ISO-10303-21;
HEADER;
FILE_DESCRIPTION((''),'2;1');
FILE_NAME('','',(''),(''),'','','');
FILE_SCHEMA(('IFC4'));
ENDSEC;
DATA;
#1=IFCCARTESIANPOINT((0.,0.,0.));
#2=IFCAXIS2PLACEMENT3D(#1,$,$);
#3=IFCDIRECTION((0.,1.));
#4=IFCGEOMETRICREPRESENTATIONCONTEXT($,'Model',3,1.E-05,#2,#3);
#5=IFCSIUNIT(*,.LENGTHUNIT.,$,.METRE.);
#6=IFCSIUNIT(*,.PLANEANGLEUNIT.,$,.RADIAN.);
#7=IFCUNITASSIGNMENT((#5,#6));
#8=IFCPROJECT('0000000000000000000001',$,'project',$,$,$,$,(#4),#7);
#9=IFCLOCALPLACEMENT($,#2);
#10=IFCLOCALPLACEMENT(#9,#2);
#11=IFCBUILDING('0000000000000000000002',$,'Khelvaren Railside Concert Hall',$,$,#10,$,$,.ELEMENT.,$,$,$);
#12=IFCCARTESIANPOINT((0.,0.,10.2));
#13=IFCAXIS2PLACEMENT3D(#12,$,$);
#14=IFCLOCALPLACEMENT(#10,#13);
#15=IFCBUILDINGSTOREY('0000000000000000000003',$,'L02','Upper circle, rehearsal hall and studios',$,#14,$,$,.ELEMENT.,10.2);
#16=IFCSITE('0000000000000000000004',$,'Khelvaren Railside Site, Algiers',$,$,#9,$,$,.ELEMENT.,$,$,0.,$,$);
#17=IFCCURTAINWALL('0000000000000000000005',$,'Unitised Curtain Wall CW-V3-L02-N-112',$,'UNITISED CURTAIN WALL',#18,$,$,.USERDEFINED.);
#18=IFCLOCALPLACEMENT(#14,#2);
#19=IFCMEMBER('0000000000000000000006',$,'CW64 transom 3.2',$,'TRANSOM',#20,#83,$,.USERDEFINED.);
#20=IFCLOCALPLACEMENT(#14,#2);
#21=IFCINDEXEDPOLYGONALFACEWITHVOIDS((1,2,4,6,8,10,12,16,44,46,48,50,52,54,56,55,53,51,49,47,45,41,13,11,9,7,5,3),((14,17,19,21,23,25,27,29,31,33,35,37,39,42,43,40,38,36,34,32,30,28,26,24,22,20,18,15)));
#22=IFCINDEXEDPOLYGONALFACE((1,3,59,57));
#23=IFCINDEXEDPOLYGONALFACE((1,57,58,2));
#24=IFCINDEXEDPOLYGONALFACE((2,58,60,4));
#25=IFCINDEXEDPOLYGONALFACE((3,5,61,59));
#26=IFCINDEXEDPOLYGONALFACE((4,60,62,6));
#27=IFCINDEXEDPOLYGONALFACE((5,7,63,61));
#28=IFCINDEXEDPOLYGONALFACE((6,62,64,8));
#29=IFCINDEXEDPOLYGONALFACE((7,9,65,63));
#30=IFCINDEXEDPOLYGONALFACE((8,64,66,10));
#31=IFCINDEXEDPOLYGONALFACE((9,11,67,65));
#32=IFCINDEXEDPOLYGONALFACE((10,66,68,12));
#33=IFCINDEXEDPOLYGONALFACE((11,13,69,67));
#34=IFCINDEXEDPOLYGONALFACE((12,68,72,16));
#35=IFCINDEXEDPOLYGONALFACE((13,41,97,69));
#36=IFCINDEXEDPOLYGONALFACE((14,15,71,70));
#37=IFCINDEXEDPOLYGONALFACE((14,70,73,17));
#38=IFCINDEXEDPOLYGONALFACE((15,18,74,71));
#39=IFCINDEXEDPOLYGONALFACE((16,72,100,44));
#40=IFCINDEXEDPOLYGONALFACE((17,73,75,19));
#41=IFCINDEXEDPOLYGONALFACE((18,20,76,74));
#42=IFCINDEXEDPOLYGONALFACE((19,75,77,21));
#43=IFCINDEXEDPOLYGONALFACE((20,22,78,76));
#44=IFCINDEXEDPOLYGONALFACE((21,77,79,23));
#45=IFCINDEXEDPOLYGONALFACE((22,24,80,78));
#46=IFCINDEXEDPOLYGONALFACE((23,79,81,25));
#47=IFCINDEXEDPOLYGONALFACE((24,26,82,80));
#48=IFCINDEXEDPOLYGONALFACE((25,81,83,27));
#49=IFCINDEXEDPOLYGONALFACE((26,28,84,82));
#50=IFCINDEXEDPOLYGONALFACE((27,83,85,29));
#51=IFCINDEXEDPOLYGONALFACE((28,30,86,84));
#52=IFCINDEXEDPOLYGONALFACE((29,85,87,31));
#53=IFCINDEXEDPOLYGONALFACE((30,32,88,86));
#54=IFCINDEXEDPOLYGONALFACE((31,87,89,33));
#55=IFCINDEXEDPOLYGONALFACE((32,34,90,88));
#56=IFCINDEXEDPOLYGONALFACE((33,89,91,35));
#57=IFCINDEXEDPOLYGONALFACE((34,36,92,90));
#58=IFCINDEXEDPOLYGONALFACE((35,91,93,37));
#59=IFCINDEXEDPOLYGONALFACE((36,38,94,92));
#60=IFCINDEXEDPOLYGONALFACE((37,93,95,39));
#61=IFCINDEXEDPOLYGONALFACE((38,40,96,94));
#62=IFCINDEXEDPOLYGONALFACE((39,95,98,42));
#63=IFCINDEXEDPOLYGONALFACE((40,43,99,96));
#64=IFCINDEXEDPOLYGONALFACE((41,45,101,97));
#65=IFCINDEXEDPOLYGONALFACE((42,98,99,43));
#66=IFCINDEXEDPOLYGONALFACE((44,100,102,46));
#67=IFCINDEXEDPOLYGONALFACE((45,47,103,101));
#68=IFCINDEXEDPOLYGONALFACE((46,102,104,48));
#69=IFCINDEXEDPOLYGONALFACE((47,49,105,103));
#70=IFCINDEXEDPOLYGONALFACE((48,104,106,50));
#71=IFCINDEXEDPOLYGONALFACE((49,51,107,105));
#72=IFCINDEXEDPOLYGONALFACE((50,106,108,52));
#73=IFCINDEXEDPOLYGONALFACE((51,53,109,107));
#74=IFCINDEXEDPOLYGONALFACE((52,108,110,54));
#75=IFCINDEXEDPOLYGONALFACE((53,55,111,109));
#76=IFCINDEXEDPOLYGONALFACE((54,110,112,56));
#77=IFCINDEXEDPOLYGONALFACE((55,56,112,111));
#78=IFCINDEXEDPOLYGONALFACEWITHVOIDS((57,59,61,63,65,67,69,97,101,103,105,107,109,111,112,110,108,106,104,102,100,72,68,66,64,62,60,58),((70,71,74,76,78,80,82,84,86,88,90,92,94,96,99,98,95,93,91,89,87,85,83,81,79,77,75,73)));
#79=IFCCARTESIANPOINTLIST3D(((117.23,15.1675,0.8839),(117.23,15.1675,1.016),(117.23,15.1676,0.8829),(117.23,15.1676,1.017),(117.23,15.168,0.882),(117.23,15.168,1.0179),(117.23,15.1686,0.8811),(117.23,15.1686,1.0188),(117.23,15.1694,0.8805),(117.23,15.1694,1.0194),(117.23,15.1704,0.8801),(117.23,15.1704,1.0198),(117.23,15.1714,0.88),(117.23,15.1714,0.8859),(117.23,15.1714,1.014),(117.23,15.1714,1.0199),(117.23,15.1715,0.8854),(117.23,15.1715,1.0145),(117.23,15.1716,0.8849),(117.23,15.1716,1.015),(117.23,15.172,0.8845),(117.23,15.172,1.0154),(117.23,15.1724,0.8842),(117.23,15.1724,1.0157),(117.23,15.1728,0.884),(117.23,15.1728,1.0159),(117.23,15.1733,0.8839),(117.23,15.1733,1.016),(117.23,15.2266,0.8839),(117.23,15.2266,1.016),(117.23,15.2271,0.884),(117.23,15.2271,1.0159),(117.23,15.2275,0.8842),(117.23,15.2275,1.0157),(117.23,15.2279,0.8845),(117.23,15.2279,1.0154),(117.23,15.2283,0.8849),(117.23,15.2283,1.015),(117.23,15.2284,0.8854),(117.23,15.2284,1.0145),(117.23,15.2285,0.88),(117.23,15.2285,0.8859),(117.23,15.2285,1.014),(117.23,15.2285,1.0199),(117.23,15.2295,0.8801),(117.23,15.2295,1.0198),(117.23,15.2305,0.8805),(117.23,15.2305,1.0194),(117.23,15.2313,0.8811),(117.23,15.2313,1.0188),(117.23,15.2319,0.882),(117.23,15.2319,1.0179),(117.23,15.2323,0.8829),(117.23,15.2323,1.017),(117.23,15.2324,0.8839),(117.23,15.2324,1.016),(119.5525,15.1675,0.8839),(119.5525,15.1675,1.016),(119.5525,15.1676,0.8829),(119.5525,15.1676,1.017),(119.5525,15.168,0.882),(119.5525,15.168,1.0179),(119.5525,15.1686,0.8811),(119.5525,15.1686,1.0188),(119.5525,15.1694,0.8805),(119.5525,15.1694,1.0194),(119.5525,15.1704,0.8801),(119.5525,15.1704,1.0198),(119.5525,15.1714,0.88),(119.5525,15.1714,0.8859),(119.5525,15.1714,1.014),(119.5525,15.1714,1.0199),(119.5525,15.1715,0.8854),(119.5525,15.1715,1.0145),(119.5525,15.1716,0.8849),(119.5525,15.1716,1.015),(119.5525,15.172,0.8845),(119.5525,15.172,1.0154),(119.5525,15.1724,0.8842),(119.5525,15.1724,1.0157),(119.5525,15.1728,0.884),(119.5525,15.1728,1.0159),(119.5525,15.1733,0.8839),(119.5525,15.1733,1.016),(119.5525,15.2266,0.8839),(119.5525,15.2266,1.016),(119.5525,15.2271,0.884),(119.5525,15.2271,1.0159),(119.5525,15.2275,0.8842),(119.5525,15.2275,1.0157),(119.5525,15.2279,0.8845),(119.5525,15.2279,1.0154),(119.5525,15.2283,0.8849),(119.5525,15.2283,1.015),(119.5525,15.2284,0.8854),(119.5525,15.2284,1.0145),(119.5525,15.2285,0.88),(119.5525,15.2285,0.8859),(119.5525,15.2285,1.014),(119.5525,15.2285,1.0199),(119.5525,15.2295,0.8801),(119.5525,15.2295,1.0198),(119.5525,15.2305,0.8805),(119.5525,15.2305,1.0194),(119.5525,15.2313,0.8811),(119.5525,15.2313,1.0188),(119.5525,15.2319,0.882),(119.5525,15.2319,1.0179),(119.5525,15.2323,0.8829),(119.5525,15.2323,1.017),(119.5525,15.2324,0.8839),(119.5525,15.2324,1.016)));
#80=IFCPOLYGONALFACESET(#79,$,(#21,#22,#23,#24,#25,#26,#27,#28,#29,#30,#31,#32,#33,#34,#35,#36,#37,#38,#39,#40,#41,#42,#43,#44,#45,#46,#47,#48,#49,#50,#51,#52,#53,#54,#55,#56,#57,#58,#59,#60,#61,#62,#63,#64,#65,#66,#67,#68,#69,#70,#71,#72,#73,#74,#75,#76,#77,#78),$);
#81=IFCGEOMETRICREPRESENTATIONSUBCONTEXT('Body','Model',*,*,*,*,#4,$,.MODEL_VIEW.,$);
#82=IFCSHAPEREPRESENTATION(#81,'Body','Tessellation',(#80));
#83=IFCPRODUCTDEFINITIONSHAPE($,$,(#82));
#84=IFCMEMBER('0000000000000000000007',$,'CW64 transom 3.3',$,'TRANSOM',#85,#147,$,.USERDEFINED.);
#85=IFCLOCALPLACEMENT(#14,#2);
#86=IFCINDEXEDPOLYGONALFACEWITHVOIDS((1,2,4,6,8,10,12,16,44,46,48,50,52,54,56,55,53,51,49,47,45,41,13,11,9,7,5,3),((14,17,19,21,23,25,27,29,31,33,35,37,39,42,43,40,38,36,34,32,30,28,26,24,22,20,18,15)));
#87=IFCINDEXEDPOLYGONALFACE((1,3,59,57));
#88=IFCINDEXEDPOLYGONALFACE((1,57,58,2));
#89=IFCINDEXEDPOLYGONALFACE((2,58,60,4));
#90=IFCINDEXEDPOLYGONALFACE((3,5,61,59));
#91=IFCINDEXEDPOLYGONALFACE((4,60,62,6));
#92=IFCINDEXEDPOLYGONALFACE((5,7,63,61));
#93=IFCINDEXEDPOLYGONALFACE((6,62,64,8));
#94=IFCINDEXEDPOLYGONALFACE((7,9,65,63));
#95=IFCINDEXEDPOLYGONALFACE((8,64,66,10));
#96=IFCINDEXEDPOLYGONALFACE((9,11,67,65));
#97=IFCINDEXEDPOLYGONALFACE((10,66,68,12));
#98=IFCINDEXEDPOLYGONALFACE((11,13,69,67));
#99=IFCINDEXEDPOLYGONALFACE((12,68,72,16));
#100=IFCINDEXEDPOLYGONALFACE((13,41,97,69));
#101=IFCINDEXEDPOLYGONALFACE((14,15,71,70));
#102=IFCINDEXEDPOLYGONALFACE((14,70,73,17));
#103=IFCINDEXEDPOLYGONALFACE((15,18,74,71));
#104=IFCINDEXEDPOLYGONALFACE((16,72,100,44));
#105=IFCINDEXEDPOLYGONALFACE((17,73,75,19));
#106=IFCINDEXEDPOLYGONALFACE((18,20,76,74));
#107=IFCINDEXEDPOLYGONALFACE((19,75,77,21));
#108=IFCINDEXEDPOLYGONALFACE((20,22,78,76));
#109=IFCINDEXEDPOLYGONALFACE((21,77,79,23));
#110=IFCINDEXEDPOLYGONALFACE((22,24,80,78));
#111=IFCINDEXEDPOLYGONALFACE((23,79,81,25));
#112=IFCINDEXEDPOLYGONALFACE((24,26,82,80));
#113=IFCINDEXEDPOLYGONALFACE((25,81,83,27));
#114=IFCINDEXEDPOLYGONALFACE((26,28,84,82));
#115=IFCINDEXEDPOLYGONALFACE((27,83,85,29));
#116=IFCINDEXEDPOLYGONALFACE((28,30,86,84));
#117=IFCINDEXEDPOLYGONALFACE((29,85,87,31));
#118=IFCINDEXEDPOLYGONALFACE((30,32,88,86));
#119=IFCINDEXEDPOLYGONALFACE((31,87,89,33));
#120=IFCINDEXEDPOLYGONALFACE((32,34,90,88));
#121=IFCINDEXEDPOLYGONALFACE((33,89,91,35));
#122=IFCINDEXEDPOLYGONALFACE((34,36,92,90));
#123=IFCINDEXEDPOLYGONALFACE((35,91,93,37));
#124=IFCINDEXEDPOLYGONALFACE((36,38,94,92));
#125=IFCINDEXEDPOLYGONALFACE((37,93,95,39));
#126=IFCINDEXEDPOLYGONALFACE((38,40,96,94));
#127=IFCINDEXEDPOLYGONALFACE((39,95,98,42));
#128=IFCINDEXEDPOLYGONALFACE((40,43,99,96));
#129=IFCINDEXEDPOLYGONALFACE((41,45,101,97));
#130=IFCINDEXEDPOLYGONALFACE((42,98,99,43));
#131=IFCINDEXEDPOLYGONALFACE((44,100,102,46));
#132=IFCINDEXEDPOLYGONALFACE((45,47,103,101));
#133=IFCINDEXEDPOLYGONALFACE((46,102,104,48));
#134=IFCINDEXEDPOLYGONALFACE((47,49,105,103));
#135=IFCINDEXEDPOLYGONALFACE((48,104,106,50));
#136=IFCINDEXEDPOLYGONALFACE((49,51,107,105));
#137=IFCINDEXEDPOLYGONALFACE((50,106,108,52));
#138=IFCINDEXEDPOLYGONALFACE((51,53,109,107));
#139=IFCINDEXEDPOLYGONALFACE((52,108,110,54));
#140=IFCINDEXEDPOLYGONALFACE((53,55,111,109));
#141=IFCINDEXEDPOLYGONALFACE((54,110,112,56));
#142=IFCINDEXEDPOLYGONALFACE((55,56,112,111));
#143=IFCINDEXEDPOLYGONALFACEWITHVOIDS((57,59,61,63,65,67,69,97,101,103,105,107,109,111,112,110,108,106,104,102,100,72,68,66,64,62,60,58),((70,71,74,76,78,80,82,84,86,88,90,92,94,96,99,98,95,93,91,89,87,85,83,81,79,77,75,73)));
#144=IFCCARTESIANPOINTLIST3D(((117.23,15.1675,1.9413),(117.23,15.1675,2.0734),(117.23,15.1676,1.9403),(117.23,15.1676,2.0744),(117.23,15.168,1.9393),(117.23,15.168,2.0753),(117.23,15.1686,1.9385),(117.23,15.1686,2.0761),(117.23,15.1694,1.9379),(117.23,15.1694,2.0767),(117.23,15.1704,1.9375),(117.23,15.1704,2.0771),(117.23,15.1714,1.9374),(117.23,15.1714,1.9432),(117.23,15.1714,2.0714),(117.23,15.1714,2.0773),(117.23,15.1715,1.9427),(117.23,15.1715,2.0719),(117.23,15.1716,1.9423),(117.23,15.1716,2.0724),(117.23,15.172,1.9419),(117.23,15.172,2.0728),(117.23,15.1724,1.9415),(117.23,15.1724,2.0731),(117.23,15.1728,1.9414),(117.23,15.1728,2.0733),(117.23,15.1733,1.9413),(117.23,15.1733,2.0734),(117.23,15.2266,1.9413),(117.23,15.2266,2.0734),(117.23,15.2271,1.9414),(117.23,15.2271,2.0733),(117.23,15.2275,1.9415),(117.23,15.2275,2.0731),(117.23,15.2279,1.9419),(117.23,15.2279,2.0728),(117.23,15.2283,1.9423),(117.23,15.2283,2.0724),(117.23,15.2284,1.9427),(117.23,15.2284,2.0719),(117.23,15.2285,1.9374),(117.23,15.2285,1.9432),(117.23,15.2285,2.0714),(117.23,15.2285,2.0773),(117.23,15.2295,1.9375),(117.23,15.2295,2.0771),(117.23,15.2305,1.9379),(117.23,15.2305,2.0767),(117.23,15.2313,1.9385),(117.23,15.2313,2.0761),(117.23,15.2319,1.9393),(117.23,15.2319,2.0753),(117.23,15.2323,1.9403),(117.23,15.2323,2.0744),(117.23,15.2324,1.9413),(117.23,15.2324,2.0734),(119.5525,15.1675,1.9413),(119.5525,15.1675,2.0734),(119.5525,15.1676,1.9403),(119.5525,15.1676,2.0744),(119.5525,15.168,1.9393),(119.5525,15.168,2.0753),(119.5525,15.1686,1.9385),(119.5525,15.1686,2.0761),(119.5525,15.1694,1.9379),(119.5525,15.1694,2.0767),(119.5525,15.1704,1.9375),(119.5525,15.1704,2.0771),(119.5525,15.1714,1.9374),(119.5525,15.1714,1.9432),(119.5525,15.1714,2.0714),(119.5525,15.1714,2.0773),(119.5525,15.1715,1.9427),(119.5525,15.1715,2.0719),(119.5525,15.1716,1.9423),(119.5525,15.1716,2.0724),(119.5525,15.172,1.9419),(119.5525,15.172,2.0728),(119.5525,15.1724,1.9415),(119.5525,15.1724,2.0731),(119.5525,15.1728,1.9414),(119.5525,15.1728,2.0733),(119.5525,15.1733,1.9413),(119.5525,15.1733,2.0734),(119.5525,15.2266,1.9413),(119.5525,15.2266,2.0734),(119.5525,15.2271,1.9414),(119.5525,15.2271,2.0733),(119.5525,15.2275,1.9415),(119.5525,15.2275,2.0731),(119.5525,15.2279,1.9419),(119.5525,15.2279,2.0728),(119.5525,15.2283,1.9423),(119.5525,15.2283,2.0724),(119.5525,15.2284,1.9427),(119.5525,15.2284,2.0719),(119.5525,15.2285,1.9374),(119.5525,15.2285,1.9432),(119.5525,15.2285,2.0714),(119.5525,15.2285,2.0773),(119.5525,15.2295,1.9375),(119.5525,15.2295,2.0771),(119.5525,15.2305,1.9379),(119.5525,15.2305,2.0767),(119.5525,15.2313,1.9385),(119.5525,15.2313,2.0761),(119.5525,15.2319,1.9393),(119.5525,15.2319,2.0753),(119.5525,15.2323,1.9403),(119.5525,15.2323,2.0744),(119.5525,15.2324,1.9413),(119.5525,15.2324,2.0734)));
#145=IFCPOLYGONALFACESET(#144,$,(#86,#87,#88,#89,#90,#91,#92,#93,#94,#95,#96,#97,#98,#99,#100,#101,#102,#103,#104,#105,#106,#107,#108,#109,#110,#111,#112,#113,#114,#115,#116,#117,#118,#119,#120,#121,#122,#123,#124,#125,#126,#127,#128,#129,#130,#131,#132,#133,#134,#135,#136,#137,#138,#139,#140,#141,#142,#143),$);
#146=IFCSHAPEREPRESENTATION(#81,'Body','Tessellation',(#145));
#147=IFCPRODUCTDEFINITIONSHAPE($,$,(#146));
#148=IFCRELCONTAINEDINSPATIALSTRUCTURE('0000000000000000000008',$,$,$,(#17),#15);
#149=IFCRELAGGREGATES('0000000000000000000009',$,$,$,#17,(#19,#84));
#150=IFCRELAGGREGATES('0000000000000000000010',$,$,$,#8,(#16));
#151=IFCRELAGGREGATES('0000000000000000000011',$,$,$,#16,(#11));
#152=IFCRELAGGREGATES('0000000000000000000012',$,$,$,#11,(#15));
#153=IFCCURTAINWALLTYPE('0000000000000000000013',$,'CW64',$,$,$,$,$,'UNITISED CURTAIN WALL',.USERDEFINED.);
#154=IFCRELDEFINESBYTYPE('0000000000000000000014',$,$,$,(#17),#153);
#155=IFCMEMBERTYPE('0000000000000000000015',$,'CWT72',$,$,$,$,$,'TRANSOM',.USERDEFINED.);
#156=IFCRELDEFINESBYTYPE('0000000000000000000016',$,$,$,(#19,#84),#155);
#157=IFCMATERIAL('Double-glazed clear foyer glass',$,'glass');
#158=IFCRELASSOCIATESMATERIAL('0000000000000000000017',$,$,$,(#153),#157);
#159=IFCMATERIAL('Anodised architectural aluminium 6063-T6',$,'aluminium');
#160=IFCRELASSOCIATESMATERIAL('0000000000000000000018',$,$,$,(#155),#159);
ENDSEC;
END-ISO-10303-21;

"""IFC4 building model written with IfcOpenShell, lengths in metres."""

from ifc_helpers import new_model, si_unit, direction, frame, origin, origin_2d, place, context, subcontext, project, spatial, hollow_rectangle, extrude, material, material_profile, profile_set, type_object, element, aggregate, save


model = new_model("IFC4")

# Units and contexts
model_context = context("Model", 3, precision=1e-05, world=origin(), true_north=direction((0.0, 1.0)))
body_context = subcontext(model_context, "Body", "Model", "MODEL_VIEW")
ifc_project = project(units=[si_unit("LENGTHUNIT", "METRE"), si_unit("PLANEANGLEUNIT", "RADIAN")], contexts=[model_context])

# Site, building, storey
site_placement = place(None, origin())
site = spatial("IfcSite", under=ifc_project, at=site_placement, Name="Khelvaren Railside Site, Algiers", CompositionType="ELEMENT", RefElevation=0.0)
building_placement = place(site_placement, origin())
building = spatial("IfcBuilding", under=site, at=building_placement, Name="Khelvaren Railside Concert Hall", CompositionType="ELEMENT")
storey_placement = place(building_placement, frame((0.0, 0.0, 10.2)))
storey = spatial("IfcBuildingStorey", under=building, at=storey_placement, Name="L02", Description="Upper circle, rehearsal hall and studios", CompositionType="ELEMENT", Elevation=10.2)

# Shared definitions
ifc_material_1 = material(Name="Anodised architectural aluminium 6063-T6", Category="aluminium")

# Curtain wall
ifc_material_2 = material(Name="Double-glazed clear foyer glass", Category="glass")
curtain_wall_type_1 = type_object("IfcCurtainWallType", Name="CW64", ElementType="UNITISED CURTAIN WALL", PredefinedType="USERDEFINED", material=ifc_material_2)
curtain_wall_1_placement = place(storey_placement, origin())
curtain_wall_1 = element("IfcCurtainWall", 1, at=curtain_wall_1_placement, inside=storey, type_object=curtain_wall_type_1, Name="Unitised Curtain Wall CW-V3-L02-N-112", ObjectType="UNITISED CURTAIN WALL", PredefinedType="USERDEFINED")

# Members
ifc_material_profile_1 = material_profile(ifc_material_1, hollow_rectangle(XDim=0.0649, YDim=0.1399, WallThickness=0.0039, InnerFilletRadius=0.002, OuterFilletRadius=0.0039, at=origin_2d()), Name="CWT 65x140x4")
ifc_profile_set_1 = profile_set([ifc_material_profile_1], Name="Anodised architectural aluminium 6063-T6")
member_type_1 = type_object("IfcMemberType", Name="CWT72", ElementType="TRANSOM", PredefinedType="USERDEFINED", material=ifc_profile_set_1)
member_1_placement = place(storey_placement, frame((117.23, 15.2, 0.95), z_axis=(1.0, 0.0, 0.0), x_axis=(0.0, 1.0, 0.0)))
member_1 = element("IfcMember", 2, at=member_1_placement, type_object=member_type_1, Name="CW64 transom 3.2", ObjectType="TRANSOM", PredefinedType="USERDEFINED", context=body_context, shape_type="SweptSolid", body=[
    extrude(hollow_rectangle(XDim=0.0649, YDim=0.1399, WallThickness=0.0039, InnerFilletRadius=0.002, OuterFilletRadius=0.0039, at=origin_2d()), origin(), (0.0, 0.0, 1.0), 2.3225),
])
member_2_placement = place(storey_placement, frame((117.23, 15.2, 2.0073), z_axis=(1.0, 0.0, 0.0), x_axis=(0.0, 1.0, 0.0)))
member_2 = element("IfcMember", 3, at=member_2_placement, type_object=member_type_1, Name="CW64 transom 3.3", ObjectType="TRANSOM", PredefinedType="USERDEFINED", context=body_context, shape_type="SweptSolid", body=[
    extrude(hollow_rectangle(XDim=0.0649, YDim=0.1399, WallThickness=0.0039, InnerFilletRadius=0.002, OuterFilletRadius=0.0039, at=origin_2d()), origin(), (0.0, 0.0, 1.0), 2.3225),
])

aggregate(curtain_wall_1, [member_1, member_2])

save(model, "model.ifc")
